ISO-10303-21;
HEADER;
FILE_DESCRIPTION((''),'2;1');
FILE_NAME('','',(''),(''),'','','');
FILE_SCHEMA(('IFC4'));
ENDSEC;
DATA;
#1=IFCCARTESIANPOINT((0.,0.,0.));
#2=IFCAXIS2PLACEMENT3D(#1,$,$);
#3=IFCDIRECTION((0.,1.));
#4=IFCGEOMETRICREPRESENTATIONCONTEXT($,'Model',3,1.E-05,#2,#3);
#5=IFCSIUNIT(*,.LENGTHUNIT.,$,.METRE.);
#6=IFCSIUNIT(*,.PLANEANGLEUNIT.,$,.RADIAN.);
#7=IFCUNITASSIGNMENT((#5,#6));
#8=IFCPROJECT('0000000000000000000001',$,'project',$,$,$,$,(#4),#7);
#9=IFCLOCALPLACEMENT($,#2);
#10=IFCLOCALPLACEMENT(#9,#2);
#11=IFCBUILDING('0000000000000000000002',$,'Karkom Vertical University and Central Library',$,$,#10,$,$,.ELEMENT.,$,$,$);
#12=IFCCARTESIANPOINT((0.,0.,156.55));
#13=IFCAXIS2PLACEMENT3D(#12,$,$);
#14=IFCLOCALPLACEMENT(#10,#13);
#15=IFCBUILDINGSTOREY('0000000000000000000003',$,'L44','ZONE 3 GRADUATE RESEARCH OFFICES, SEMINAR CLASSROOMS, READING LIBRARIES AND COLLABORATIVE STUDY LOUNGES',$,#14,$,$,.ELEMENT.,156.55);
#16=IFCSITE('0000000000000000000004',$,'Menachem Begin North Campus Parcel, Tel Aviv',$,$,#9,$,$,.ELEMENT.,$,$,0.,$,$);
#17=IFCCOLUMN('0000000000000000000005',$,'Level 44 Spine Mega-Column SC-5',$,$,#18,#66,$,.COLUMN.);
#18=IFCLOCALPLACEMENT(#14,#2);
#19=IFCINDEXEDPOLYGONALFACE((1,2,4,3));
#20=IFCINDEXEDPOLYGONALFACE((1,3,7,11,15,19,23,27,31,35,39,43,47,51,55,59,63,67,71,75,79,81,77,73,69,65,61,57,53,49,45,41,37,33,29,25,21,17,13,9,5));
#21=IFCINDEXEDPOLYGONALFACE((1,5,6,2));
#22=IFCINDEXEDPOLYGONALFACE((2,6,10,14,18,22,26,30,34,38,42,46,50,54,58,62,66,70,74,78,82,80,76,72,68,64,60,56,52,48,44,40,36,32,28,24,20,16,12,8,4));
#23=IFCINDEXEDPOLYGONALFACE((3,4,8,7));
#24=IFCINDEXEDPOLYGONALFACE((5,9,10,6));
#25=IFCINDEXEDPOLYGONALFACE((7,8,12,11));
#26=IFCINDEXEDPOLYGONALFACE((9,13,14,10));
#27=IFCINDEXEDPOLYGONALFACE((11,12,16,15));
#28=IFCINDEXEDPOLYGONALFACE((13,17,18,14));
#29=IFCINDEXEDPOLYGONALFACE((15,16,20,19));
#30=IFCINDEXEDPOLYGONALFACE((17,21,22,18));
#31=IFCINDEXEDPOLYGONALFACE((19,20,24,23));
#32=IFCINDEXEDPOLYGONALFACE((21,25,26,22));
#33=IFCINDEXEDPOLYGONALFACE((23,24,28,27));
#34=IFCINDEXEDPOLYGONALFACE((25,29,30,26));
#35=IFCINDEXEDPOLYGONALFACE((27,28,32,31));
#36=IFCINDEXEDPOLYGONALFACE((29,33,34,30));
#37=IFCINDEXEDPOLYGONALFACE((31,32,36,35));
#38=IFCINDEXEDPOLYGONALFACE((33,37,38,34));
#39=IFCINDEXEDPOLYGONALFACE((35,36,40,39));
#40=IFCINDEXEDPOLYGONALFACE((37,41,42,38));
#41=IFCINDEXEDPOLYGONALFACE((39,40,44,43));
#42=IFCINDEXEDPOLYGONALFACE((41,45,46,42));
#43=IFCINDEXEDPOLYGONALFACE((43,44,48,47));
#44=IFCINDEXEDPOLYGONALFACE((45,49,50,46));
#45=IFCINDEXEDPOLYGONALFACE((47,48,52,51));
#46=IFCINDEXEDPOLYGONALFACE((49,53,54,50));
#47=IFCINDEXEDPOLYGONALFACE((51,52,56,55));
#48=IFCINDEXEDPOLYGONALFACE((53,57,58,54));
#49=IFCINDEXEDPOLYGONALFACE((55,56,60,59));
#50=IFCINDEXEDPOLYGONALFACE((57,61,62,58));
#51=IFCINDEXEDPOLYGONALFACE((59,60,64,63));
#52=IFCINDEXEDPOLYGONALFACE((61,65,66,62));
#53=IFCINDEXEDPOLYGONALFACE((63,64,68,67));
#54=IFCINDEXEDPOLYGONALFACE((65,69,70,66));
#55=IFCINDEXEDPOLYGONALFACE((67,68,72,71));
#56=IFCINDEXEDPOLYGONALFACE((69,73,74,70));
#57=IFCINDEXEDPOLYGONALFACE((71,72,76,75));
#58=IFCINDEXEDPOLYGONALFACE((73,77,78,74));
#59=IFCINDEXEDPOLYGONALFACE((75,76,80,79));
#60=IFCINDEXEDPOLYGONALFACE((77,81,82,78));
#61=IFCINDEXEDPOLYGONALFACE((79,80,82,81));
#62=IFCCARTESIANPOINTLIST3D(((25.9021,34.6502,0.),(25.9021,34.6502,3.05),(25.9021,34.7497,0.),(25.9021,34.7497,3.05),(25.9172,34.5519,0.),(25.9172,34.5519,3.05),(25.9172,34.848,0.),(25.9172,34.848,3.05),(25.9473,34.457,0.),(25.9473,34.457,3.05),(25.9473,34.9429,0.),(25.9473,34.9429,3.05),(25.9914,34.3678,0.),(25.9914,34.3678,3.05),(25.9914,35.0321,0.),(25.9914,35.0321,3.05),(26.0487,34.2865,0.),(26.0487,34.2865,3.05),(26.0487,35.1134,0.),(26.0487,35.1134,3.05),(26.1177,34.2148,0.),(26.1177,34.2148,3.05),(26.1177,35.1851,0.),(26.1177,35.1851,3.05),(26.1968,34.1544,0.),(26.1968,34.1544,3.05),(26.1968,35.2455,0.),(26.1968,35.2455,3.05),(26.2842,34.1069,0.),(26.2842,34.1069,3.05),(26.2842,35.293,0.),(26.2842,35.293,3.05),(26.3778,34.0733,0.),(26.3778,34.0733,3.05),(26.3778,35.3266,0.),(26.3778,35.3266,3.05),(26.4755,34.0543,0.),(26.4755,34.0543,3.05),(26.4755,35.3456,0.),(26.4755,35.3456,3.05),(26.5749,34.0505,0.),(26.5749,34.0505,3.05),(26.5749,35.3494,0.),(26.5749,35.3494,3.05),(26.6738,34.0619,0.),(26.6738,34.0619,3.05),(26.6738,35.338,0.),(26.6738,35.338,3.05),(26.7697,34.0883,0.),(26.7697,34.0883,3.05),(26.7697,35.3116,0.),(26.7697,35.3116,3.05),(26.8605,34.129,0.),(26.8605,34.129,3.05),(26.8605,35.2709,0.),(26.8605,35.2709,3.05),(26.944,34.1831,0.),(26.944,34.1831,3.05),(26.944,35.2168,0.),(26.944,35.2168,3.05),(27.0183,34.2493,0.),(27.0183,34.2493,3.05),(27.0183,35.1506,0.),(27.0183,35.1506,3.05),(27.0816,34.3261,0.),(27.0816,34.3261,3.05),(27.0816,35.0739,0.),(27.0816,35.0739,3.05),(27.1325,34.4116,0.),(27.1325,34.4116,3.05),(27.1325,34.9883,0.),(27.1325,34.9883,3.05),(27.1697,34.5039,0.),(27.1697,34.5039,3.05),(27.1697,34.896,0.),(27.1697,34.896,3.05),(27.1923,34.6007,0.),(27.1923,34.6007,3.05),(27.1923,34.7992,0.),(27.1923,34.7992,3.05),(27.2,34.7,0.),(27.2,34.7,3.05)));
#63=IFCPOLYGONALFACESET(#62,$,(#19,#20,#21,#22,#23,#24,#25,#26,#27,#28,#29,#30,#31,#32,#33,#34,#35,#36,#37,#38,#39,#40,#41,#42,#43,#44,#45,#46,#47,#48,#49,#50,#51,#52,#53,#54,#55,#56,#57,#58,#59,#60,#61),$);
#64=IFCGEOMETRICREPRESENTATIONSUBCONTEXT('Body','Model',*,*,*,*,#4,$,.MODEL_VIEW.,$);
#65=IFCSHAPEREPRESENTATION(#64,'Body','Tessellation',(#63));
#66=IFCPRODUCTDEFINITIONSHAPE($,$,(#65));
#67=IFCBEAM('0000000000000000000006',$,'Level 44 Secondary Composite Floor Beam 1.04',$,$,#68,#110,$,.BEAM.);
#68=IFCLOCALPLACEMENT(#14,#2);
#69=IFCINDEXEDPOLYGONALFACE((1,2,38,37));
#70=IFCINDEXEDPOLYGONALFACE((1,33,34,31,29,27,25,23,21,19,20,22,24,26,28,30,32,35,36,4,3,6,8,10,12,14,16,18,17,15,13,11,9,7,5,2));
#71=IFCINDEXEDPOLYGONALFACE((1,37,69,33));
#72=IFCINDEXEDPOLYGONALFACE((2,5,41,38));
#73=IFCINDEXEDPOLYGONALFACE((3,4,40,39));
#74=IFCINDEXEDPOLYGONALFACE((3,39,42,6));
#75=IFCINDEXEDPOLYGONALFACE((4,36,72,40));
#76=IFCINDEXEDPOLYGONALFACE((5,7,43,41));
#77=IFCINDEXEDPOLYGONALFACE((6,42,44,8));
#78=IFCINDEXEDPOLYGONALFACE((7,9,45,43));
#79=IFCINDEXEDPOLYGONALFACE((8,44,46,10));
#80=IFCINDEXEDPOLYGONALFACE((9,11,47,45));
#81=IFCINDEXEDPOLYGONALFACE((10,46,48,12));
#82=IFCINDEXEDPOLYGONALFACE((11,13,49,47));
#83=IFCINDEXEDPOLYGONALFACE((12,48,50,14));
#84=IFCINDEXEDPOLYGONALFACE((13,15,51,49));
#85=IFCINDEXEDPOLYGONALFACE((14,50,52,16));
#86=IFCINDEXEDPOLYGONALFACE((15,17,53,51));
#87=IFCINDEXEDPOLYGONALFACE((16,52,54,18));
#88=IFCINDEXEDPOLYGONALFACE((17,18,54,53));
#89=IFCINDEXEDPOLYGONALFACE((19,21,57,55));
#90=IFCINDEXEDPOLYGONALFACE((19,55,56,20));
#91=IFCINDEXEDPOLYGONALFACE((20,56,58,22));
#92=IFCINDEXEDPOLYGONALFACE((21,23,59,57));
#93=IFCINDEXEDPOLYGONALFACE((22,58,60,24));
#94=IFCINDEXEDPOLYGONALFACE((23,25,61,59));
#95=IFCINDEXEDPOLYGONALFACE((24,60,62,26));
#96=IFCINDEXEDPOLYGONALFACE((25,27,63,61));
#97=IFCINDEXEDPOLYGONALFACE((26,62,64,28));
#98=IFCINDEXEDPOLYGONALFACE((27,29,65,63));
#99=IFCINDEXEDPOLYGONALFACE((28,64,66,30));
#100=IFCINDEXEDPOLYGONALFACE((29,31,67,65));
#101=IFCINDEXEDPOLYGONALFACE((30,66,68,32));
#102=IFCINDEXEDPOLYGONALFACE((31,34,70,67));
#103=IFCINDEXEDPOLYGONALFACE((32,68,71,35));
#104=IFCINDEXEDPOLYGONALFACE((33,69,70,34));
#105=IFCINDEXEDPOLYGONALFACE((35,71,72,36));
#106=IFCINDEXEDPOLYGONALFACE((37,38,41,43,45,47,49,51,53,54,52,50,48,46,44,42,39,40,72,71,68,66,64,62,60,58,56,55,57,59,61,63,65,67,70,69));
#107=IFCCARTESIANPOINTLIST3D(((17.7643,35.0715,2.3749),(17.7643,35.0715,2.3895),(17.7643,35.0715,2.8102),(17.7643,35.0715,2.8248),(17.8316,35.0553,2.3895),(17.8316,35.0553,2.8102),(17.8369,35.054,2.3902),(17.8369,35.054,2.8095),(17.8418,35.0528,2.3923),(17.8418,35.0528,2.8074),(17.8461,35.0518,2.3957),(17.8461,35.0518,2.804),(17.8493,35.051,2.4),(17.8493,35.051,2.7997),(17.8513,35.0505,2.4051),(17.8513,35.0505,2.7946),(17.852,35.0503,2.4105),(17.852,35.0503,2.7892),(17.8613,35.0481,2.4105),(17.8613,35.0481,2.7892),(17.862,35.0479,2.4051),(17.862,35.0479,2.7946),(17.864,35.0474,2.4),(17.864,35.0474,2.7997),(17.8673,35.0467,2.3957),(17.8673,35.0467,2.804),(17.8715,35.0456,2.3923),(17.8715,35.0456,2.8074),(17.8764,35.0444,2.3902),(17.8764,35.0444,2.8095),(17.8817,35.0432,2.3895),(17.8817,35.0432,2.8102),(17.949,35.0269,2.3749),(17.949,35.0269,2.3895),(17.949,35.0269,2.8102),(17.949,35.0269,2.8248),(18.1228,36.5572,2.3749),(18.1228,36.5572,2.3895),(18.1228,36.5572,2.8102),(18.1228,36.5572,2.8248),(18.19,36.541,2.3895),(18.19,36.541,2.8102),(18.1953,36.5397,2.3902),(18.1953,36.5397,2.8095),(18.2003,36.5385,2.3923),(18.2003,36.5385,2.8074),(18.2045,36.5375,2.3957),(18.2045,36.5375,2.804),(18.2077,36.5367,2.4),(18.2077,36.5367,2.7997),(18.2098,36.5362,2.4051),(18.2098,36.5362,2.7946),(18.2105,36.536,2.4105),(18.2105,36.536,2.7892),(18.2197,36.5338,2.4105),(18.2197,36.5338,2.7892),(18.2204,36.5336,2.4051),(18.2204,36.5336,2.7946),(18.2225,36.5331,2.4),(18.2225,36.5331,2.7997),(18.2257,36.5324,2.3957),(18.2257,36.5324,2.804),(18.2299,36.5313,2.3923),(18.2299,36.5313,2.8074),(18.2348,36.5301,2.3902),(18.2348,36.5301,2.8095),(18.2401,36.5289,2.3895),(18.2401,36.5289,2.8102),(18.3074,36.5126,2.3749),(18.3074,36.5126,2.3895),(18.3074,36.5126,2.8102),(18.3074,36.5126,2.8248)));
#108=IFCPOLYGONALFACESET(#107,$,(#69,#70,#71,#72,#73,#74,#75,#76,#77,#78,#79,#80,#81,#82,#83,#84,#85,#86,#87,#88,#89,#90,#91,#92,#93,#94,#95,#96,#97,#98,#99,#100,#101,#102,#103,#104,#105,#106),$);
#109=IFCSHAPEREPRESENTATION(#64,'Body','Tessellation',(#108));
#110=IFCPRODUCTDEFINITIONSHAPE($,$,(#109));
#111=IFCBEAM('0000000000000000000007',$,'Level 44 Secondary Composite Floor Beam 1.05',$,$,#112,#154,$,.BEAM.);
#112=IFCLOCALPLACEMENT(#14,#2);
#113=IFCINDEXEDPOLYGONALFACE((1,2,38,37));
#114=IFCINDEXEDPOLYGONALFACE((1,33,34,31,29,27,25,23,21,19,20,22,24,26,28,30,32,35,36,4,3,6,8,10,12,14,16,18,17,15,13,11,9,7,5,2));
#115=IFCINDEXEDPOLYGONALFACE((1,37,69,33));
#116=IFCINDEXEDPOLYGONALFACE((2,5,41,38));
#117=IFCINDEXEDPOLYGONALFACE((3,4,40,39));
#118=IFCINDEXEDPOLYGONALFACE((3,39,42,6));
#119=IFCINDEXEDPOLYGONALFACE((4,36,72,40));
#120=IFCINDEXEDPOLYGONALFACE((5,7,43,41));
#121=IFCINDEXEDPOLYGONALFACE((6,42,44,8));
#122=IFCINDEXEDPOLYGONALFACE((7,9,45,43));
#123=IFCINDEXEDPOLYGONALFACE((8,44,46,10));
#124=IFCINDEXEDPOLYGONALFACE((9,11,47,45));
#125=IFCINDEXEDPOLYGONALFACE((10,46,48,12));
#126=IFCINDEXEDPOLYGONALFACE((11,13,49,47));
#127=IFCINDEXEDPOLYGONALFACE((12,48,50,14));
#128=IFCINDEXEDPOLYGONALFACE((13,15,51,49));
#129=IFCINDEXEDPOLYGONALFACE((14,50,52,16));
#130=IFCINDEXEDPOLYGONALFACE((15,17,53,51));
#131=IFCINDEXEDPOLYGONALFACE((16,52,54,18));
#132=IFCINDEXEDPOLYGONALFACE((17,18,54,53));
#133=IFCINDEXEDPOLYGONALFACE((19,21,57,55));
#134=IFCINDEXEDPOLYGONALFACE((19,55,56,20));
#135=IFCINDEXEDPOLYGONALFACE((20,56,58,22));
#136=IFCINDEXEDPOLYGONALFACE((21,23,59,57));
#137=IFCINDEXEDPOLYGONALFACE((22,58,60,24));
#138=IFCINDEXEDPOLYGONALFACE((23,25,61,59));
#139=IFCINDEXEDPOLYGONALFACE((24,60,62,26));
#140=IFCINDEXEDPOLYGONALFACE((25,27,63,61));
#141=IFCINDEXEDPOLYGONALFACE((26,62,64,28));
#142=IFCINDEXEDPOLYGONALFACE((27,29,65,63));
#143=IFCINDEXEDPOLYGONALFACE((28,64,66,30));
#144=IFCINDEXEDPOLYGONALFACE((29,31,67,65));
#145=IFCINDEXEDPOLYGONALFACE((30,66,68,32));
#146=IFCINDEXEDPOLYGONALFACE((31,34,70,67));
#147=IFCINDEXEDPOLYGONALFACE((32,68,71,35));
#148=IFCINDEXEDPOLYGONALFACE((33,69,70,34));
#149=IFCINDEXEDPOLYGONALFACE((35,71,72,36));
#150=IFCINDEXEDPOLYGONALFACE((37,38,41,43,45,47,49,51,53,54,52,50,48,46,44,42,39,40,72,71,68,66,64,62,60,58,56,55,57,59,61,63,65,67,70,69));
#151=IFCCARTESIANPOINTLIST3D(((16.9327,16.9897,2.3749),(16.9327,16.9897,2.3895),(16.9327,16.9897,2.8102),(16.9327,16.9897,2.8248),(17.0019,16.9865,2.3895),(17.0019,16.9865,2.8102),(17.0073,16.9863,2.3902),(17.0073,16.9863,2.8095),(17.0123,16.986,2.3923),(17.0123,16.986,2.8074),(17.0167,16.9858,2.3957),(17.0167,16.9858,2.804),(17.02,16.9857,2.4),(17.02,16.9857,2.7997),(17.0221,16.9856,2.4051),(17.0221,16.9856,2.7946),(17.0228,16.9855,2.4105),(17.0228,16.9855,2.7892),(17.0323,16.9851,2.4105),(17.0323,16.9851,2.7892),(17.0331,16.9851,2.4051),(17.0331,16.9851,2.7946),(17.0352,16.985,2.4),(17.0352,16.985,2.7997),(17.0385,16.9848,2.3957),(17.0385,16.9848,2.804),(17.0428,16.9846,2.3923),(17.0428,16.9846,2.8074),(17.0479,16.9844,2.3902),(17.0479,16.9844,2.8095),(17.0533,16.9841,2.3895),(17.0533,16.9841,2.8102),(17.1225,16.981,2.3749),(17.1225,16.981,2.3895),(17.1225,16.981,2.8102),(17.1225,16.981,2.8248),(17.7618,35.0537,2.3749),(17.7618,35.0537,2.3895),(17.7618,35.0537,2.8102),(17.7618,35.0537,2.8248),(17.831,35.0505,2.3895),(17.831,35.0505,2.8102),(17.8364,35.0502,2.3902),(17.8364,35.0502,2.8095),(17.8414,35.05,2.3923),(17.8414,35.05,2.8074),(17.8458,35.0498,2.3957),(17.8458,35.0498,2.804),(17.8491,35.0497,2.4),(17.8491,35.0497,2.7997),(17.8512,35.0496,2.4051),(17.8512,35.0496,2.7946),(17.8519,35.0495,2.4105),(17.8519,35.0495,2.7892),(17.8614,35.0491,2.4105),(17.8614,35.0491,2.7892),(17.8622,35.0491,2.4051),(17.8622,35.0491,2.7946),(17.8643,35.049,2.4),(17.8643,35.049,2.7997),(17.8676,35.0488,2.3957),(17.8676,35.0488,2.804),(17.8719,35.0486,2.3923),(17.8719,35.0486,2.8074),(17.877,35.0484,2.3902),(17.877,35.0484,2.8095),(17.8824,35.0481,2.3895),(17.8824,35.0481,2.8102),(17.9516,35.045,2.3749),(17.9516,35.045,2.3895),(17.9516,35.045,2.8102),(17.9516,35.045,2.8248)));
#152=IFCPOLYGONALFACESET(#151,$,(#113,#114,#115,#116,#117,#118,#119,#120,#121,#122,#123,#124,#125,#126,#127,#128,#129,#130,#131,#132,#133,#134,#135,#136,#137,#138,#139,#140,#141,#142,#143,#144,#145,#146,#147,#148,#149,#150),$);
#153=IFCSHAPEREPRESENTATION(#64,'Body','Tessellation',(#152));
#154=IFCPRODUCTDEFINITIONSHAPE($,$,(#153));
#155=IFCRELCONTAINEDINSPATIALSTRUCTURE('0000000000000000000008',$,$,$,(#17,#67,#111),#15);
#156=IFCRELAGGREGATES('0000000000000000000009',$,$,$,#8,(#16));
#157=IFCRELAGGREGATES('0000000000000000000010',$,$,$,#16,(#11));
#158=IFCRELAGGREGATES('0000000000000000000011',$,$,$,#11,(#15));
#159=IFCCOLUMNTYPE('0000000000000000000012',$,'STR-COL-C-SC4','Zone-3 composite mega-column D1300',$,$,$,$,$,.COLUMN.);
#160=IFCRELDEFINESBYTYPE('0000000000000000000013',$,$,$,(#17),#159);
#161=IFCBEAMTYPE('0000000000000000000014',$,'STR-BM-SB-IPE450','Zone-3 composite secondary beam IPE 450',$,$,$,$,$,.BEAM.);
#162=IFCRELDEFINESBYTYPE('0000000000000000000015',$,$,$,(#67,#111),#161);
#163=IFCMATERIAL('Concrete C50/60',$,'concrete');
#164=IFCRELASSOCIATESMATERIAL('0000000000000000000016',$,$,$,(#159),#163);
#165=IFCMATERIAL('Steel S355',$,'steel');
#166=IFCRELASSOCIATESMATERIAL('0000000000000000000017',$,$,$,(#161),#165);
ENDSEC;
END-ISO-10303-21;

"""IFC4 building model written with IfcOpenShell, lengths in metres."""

from ifc_helpers import new_model, si_unit, direction, frame, origin, origin_with_axes, origin_2d, place, context, subcontext, project, spatial, circle, i_section, extrude, source, transform, mapped, material, material_profile, profile_set, type_object, element, save


model = new_model("IFC4")

# Units and contexts
model_context = context("Model", 3, precision=1e-05, world=origin(), true_north=direction((0.0, 1.0)))
body_context = subcontext(model_context, "Body", "Model", "MODEL_VIEW")
ifc_project = project(units=[si_unit("LENGTHUNIT", "METRE"), si_unit("PLANEANGLEUNIT", "RADIAN")], contexts=[model_context])

# Site, building, storey
site_placement = place(None, origin())
site = spatial("IfcSite", under=ifc_project, at=site_placement, Name="Menachem Begin North Campus Parcel, Tel Aviv", CompositionType="ELEMENT", RefElevation=0.0)
building_placement = place(site_placement, origin())
building = spatial("IfcBuilding", under=site, at=building_placement, Name="Karkom Vertical University and Central Library", CompositionType="ELEMENT")
storey_placement = place(building_placement, frame((0.0, 0.0, 156.55)))
storey = spatial("IfcBuildingStorey", under=building, at=storey_placement, Name="L44", Description="ZONE 3 GRADUATE RESEARCH OFFICES, SEMINAR CLASSROOMS, READING LIBRARIES AND COLLABORATIVE STUDY LOUNGES", CompositionType="ELEMENT", Elevation=156.55)

# Column
ifc_material_1 = material(Name="Concrete C50/60", Category="concrete")
ifc_material_profile_1 = material_profile(ifc_material_1, circle(Radius=0.6499, at=origin_2d()), Name="CFT-D1300")
ifc_profile_set_1 = profile_set([ifc_material_profile_1], Name="Concrete C50/60")
column_type = type_object("IfcColumnType", Name="STR-COL-C-SC4", Description="Zone-3 composite mega-column D1300", PredefinedType="COLUMN", material=ifc_profile_set_1)
shared_shape_1 = source(origin_with_axes(), body_context, "Body", "SweptSolid", [
    extrude(circle(Radius=0.6499, at=origin_2d()), origin(), (0.0, 0.0, 1.0), 3.05),
])
column_placement = place(storey_placement, frame((26.55, 34.7, 0.0), z_axis=(0.0, 0.0, 1.0), x_axis=(1.0, 0.0, 0.0)))
element("IfcColumn", 1, at=column_placement, inside=storey, type_object=column_type, Name="Level 44 Spine Mega-Column SC-5", PredefinedType="COLUMN", context=body_context, shape_type="MappedRepresentation", body=[
    mapped(shared_shape_1, transform((0.0, 0.0, 0.0), scale=1.0)),
])

# Beams
ifc_material_2 = material(Name="Steel S355", Category="steel")
ifc_material_profile_2 = material_profile(ifc_material_2, i_section(OverallWidth=0.1899, OverallDepth=0.45, WebThickness=0.0095, FlangeThickness=0.0146, FilletRadius=0.021, at=origin_2d()), Name="IPE 450")
ifc_profile_set_2 = profile_set([ifc_material_profile_2], Name="Steel S355")
beam_type_1 = type_object("IfcBeamType", Name="STR-BM-SB-IPE450", Description="Zone-3 composite secondary beam IPE 450", PredefinedType="BEAM", material=ifc_profile_set_2)
shared_shape_2 = source(origin_with_axes(), body_context, "Body", "SweptSolid", [
    extrude(i_section(OverallWidth=0.1899, OverallDepth=0.45, WebThickness=0.0095, FlangeThickness=0.0146, FilletRadius=0.021, at=origin_2d()), origin(), (0.0, 0.0, 1.0), 1.5283),
])
beam_1_placement = place(storey_placement, frame((18.2151, 36.5349, 2.5999), z_axis=(-0.234521, -0.972111, 0.0), x_axis=(0.972111, -0.234521, 0.0)))
element("IfcBeam", 2, at=beam_1_placement, inside=storey, type_object=beam_type_1, Name="Level 44 Secondary Composite Floor Beam 1.04", PredefinedType="BEAM", context=body_context, shape_type="MappedRepresentation", body=[
    mapped(shared_shape_2, transform((0.0, 0.0, 0.0), scale=1.0)),
])
shared_shape_3 = source(origin_with_axes(), body_context, "Body", "SweptSolid", [
    extrude(i_section(OverallWidth=0.1899, OverallDepth=0.45, WebThickness=0.0095, FlangeThickness=0.0146, FilletRadius=0.021, at=origin_2d()), origin(), (0.0, 0.0, 1.0), 18.083),
])
beam_2_placement = place(storey_placement, frame((17.8567, 35.0493, 2.5999), z_axis=(-0.04585, -0.998948, 0.0), x_axis=(0.998948, -0.04585, 0.0)))
element("IfcBeam", 3, at=beam_2_placement, inside=storey, type_object=beam_type_1, Name="Level 44 Secondary Composite Floor Beam 1.05", PredefinedType="BEAM", context=body_context, shape_type="MappedRepresentation", body=[
    mapped(shared_shape_3, transform((0.0, 0.0, 0.0), scale=1.0)),
])

save(model, "model.ifc")
